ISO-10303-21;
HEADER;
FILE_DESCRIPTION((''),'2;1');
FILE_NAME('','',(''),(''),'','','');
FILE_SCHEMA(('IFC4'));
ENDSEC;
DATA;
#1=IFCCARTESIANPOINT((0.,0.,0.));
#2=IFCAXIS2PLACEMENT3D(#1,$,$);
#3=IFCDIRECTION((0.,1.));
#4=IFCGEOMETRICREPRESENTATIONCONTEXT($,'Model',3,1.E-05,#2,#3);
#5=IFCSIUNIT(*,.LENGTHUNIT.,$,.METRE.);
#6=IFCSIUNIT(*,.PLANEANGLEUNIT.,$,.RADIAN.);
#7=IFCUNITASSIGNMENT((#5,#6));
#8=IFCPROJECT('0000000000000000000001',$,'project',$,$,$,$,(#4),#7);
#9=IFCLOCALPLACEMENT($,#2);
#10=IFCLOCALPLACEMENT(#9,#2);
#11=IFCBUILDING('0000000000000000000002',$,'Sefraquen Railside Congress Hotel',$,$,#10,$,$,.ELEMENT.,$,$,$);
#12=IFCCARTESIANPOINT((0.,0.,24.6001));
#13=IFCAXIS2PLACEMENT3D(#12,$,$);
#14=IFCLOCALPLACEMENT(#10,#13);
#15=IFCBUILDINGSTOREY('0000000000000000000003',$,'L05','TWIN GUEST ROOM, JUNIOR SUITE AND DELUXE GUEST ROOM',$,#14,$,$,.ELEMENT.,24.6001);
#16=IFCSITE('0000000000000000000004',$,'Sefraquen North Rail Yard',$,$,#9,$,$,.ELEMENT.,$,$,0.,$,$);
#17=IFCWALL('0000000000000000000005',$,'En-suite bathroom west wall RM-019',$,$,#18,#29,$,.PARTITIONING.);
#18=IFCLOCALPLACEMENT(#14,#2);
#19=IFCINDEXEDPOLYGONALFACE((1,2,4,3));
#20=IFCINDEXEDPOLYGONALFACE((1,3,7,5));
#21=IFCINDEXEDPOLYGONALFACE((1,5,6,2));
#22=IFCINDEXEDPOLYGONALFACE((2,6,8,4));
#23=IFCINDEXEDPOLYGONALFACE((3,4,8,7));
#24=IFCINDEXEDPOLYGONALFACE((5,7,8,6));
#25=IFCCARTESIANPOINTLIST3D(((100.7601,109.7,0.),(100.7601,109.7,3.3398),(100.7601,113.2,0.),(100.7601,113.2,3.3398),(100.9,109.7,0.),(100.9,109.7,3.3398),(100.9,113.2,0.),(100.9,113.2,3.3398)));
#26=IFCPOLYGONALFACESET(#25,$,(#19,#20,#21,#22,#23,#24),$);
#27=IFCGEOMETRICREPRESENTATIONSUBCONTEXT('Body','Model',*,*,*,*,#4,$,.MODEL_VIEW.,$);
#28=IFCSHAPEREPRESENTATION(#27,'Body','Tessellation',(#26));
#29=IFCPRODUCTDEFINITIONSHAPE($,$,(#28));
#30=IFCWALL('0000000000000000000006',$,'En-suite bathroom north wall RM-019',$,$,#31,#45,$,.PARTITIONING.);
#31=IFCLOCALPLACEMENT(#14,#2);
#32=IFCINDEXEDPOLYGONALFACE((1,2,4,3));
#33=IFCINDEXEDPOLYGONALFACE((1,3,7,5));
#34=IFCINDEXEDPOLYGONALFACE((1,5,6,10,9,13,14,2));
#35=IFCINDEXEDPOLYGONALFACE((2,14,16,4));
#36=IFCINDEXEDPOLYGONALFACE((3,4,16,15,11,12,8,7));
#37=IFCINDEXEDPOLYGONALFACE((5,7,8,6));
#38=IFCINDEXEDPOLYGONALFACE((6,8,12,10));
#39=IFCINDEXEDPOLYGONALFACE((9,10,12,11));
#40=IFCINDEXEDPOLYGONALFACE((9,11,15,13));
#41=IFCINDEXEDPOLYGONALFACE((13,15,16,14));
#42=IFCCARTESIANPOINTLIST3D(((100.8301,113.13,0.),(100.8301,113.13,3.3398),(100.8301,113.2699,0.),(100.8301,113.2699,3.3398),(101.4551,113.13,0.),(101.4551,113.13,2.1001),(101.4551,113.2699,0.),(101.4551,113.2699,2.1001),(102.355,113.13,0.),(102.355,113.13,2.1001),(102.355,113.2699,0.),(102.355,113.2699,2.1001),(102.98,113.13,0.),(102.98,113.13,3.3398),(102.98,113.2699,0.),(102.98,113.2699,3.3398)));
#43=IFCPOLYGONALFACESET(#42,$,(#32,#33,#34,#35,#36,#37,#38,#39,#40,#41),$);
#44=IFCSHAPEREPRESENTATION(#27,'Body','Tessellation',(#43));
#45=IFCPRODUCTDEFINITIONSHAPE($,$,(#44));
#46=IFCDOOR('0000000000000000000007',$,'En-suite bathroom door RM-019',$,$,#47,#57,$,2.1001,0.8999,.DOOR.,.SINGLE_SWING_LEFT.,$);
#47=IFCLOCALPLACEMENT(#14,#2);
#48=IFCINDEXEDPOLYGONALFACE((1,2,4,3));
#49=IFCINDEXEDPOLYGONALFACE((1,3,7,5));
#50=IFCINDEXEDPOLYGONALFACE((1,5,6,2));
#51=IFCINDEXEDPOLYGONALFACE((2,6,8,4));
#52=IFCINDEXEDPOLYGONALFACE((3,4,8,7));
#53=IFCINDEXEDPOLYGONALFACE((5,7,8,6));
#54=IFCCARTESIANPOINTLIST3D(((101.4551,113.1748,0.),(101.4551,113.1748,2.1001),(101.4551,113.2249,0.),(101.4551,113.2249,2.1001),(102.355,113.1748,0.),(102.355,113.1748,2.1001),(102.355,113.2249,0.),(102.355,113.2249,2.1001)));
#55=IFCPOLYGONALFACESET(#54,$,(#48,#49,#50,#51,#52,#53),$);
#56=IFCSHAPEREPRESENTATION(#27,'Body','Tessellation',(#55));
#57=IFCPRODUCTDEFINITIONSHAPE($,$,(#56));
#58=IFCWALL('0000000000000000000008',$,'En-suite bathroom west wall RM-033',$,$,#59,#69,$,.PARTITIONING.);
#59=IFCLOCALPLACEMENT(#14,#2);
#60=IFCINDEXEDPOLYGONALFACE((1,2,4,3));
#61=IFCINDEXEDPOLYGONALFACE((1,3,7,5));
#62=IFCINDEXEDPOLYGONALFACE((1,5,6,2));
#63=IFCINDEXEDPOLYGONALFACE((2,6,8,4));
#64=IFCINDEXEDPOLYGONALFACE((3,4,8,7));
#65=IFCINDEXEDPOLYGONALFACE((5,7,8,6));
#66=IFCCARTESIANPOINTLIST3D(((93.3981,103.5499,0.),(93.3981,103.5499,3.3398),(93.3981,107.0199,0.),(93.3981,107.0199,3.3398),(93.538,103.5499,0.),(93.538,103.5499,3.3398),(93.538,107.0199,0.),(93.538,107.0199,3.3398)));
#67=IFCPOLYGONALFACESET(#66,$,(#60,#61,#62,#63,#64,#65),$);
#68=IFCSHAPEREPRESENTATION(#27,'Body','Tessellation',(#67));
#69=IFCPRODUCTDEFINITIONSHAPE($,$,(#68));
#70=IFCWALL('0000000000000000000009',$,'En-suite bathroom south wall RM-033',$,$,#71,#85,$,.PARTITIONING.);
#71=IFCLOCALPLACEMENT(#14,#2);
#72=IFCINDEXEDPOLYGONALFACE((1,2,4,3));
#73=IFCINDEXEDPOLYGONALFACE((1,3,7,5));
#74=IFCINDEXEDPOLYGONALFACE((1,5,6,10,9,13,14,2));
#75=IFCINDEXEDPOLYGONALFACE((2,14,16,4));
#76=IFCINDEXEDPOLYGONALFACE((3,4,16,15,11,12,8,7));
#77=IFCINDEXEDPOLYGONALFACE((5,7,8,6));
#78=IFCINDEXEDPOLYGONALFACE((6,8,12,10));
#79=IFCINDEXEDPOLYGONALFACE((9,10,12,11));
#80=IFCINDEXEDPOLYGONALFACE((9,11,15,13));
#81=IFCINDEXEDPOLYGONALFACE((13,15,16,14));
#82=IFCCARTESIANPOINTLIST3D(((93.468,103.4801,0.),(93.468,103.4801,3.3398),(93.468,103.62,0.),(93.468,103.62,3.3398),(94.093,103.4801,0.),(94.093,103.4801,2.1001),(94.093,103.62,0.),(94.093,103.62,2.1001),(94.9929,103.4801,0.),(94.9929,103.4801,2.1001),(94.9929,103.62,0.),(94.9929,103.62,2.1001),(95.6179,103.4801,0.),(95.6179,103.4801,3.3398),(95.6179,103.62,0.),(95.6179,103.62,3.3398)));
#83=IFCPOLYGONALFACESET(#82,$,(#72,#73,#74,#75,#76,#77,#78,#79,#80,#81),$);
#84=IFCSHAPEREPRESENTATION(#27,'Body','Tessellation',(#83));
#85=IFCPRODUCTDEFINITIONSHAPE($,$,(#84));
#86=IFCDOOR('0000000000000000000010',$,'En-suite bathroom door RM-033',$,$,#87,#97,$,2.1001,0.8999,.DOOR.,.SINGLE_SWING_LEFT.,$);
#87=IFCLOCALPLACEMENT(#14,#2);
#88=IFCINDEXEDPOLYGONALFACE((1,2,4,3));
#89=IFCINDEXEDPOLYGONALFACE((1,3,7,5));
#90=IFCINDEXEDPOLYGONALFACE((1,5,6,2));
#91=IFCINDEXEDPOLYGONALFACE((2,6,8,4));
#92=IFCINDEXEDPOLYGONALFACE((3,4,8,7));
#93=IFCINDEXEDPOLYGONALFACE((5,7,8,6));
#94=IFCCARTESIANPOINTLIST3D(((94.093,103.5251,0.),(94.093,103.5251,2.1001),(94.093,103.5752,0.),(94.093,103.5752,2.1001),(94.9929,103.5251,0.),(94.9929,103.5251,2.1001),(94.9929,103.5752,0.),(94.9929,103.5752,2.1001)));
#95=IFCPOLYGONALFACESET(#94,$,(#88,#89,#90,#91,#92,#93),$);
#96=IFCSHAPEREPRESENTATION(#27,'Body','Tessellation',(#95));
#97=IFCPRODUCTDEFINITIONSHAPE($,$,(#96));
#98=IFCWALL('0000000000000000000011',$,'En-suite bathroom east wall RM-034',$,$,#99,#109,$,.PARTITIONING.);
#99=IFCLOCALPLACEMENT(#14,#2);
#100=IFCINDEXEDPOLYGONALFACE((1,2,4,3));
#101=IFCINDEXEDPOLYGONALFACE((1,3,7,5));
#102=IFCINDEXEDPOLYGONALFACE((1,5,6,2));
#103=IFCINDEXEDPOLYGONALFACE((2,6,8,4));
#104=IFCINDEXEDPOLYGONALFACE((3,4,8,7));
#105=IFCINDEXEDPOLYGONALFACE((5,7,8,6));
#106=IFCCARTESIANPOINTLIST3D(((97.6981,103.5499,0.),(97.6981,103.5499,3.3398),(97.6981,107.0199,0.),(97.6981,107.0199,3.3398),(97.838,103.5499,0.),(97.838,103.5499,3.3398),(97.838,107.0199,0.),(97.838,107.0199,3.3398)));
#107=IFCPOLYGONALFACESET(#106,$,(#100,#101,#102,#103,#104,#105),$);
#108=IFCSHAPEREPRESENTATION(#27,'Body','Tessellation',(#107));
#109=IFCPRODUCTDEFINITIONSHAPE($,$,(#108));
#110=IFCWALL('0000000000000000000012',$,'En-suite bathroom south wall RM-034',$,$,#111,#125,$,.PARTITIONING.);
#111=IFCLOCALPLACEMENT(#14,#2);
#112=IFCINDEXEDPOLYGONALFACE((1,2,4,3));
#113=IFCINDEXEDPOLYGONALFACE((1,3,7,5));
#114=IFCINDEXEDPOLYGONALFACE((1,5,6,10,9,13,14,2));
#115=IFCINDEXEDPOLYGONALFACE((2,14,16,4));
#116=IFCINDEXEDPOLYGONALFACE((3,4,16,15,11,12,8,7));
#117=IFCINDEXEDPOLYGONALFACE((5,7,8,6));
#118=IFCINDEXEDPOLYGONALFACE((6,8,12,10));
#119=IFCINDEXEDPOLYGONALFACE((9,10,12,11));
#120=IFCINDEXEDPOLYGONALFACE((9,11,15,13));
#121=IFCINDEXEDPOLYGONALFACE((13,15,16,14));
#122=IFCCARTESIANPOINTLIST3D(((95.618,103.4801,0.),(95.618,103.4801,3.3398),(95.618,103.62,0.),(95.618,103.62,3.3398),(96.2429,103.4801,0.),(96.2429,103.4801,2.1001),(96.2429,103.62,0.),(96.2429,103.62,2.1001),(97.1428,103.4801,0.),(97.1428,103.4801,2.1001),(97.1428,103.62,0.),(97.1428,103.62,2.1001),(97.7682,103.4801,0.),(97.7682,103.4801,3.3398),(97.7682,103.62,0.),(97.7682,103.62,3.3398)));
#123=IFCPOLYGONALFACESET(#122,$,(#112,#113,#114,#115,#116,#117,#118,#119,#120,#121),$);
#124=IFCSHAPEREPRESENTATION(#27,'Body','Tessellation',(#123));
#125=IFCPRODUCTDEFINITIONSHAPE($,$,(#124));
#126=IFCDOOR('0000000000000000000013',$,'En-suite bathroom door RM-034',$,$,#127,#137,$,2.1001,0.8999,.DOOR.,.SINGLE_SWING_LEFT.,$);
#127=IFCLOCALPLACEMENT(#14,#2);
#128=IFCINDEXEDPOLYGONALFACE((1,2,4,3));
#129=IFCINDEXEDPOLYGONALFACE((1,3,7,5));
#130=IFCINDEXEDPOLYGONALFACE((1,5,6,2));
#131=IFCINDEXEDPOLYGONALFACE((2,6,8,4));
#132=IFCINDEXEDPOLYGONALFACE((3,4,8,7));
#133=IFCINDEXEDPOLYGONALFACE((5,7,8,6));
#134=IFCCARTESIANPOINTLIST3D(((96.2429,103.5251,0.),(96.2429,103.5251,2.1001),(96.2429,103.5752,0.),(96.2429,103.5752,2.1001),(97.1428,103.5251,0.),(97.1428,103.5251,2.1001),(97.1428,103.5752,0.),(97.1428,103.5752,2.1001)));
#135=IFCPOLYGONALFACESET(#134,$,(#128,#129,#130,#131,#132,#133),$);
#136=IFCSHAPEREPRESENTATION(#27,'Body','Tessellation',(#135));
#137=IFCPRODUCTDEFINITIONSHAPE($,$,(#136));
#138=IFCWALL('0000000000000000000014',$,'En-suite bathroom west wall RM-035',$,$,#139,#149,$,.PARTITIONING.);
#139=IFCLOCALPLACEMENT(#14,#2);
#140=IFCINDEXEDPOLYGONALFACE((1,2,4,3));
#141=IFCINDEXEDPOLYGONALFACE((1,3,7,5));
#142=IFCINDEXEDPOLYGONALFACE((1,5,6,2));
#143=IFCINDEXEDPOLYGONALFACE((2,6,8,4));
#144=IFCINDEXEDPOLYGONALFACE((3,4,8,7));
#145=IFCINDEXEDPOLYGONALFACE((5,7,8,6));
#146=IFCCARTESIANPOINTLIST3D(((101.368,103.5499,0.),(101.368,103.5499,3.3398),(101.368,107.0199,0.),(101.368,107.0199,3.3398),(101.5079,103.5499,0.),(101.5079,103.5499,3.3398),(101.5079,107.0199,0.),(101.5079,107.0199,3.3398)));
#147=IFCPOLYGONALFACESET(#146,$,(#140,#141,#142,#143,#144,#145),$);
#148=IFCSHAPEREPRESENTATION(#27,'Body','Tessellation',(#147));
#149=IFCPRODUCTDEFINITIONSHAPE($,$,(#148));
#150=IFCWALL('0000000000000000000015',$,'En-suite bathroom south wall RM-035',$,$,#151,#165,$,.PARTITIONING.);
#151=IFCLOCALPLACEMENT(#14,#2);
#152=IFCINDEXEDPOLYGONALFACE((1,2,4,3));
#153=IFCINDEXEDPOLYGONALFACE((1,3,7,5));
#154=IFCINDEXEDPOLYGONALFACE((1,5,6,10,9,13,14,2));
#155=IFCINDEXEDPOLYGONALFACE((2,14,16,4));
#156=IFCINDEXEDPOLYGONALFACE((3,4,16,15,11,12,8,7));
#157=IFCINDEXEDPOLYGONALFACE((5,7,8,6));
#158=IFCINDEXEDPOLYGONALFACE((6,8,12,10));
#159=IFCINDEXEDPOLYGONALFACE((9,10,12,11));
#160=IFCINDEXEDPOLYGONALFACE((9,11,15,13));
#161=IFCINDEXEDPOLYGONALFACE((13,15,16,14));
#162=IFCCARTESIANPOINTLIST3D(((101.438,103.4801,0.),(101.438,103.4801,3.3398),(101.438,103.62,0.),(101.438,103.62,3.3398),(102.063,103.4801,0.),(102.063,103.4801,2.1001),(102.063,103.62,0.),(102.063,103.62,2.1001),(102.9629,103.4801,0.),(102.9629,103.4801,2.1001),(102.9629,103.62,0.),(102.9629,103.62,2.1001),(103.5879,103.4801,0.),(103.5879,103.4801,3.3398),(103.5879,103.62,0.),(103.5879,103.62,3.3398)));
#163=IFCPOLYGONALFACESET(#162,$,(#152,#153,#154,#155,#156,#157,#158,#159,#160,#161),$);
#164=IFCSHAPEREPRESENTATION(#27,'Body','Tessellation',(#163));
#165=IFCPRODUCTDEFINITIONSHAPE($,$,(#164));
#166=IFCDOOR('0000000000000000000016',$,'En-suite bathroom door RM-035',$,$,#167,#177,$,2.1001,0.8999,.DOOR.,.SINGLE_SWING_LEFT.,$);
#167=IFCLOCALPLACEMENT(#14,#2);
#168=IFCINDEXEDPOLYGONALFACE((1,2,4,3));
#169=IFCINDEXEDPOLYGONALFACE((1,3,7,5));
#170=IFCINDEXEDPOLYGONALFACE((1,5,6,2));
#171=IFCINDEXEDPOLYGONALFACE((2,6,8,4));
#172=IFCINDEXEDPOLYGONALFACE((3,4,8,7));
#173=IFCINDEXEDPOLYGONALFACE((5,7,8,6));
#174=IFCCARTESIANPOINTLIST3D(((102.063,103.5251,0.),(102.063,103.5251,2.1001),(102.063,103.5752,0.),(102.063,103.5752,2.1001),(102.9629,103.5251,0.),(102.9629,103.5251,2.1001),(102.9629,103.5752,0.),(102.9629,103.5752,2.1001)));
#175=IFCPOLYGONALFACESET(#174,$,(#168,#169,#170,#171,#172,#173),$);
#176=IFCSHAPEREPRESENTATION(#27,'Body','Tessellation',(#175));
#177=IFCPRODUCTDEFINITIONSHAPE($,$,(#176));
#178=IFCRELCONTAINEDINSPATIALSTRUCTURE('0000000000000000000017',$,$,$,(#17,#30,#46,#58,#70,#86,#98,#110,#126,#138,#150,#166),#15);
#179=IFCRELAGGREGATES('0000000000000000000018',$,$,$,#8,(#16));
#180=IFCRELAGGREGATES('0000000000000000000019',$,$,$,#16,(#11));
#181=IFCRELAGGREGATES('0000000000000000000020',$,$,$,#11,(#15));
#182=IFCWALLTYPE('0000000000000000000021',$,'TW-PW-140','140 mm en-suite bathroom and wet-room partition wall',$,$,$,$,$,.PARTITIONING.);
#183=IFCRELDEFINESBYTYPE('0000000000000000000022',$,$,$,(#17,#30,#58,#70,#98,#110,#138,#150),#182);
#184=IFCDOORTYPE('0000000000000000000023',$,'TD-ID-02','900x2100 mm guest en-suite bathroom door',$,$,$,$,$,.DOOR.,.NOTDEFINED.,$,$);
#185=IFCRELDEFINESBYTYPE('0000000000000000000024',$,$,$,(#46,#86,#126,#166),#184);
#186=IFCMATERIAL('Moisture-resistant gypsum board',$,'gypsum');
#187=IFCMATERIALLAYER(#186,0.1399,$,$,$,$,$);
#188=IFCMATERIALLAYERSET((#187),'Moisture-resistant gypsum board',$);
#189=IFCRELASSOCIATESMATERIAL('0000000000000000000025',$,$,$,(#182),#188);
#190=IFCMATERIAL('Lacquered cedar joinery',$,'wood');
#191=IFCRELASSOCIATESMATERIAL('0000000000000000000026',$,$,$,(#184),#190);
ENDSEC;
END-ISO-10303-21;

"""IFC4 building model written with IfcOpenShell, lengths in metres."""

from ifc_helpers import new_model, si_unit, direction, frame, frame_2d, origin, place, context, subcontext, project, spatial, rectangle, extrude, material, layer, layer_set, type_object, element, fill, save


model = new_model("IFC4")

# Units and contexts
model_context = context("Model", 3, precision=1e-05, world=origin(), true_north=direction((0.0, 1.0)))
body_context = subcontext(model_context, "Body", "Model", "MODEL_VIEW")
ifc_project = project(units=[si_unit("LENGTHUNIT", "METRE"), si_unit("PLANEANGLEUNIT", "RADIAN")], contexts=[model_context])

# Site, building, storey
site_placement = place(None, origin())
site = spatial("IfcSite", under=ifc_project, at=site_placement, Name="Sefraquen North Rail Yard", CompositionType="ELEMENT", RefElevation=0.0)
building_placement = place(site_placement, origin())
building = spatial("IfcBuilding", under=site, at=building_placement, Name="Sefraquen Railside Congress Hotel", CompositionType="ELEMENT")
storey_placement = place(building_placement, frame((0.0, 0.0, 24.6001)))
storey = spatial("IfcBuildingStorey", under=building, at=storey_placement, Name="L05", Description="TWIN GUEST ROOM, JUNIOR SUITE AND DELUXE GUEST ROOM", CompositionType="ELEMENT", Elevation=24.6001)

# Shared definitions
ifc_material_1 = material(Name="Moisture-resistant gypsum board", Category="gypsum")
ifc_layer_1 = layer(ifc_material_1, 0.1399)
ifc_layer_set_1 = layer_set([ifc_layer_1], Name="Moisture-resistant gypsum board")
wall_type_1 = type_object("IfcWallType", Name="TW-PW-140", Description="140 mm en-suite bathroom and wet-room partition wall", PredefinedType="PARTITIONING", material=ifc_layer_set_1)

# Shared definitions
ifc_material_2 = material(Name="Lacquered cedar joinery", Category="wood")
door_type = type_object("IfcDoorType", Name="TD-ID-02", Description="900x2100 mm guest en-suite bathroom door", OperationType="NOTDEFINED", PredefinedType="DOOR", material=ifc_material_2)

# Wall
wall_1_placement = place(storey_placement, frame((100.8301, 109.7, 0.0), z_axis=(0.0, 0.0, 1.0), x_axis=(0.0, 1.0, 0.0)))
element("IfcWall", 1, at=wall_1_placement, inside=storey, type_object=wall_type_1, Name="En-suite bathroom west wall RM-019", PredefinedType="PARTITIONING", context=body_context, shape_type="SweptSolid", body=[
    extrude(rectangle(XDim=3.5, YDim=0.1399, at=frame_2d((1.75, 0.0))), origin(), (0.0, 0.0, 1.0), 3.3398),
])

# Wall, opening, door
wall_2_placement = place(storey_placement, frame((100.8301, 113.2, 0.0), z_axis=(0.0, 0.0, 1.0), x_axis=(1.0, 0.0, 0.0)))
wall_2 = element("IfcWall", 2, at=wall_2_placement, inside=storey, type_object=wall_type_1, Name="En-suite bathroom north wall RM-019", PredefinedType="PARTITIONING", context=body_context, shape_type="SweptSolid", body=[
    extrude(rectangle(XDim=2.1499, YDim=0.1399, at=frame_2d((1.075, 0.0))), origin(), (0.0, 0.0, 1.0), 3.3398),
])
opening_1_placement = place(wall_2_placement, frame((0.625, 0.0, 0.0)))
opening_1 = element("IfcOpeningElement", 3, at=opening_1_placement, cuts=wall_2, PredefinedType="OPENING", context=body_context, shape_type="SweptSolid", body=[
    extrude(rectangle(XDim=0.8999, YDim=2.1001, at=frame_2d((0.45, 1.05))), frame((0.0, 0.0798, 0.0), z_axis=(0.0, -1.0, 0.0), x_axis=(1.0, 0.0, 0.0)), (0.0, 0.0, 1.0), 0.1599),
])
door_1_placement = place(opening_1_placement, origin())
door_1 = element("IfcDoor", 4, at=door_1_placement, inside=storey, type_object=door_type, Name="En-suite bathroom door RM-019", OperationType="SINGLE_SWING_LEFT", OverallHeight=2.1001, OverallWidth=0.8999, PredefinedType="DOOR", context=body_context, shape_type="SweptSolid", body=[
    extrude(rectangle(XDim=0.8999, YDim=2.1001, at=frame_2d((0.45, 1.05))), frame((0.0, 0.0249, 0.0), z_axis=(0.0, -1.0, 0.0), x_axis=(1.0, 0.0, 0.0)), (0.0, 0.0, 1.0), 0.05),
])
fill(opening_1, door_1)

# Wall
wall_3_placement = place(storey_placement, frame((93.468, 103.55, 0.0), z_axis=(0.0, 0.0, 1.0), x_axis=(0.0, 1.0, 0.0)))
element("IfcWall", 5, at=wall_3_placement, inside=storey, type_object=wall_type_1, Name="En-suite bathroom west wall RM-033", PredefinedType="PARTITIONING", context=body_context, shape_type="SweptSolid", body=[
    extrude(rectangle(XDim=3.47, YDim=0.1399, at=frame_2d((1.7349, 0.0))), origin(), (0.0, 0.0, 1.0), 3.3398),
])

# Wall, opening, door
wall_4_placement = place(storey_placement, frame((93.468, 103.55, 0.0), z_axis=(0.0, 0.0, 1.0), x_axis=(1.0, 0.0, 0.0)))
wall_4 = element("IfcWall", 6, at=wall_4_placement, inside=storey, type_object=wall_type_1, Name="En-suite bathroom south wall RM-033", PredefinedType="PARTITIONING", context=body_context, shape_type="SweptSolid", body=[
    extrude(rectangle(XDim=2.1499, YDim=0.1399, at=frame_2d((1.075, 0.0))), origin(), (0.0, 0.0, 1.0), 3.3398),
])
opening_2_placement = place(wall_4_placement, frame((0.625, 0.0, 0.0)))
opening_2 = element("IfcOpeningElement", 7, at=opening_2_placement, cuts=wall_4, PredefinedType="OPENING", context=body_context, shape_type="SweptSolid", body=[
    extrude(rectangle(XDim=0.8999, YDim=2.1001, at=frame_2d((0.45, 1.05))), frame((0.0, 0.0798, 0.0), z_axis=(0.0, -1.0, 0.0), x_axis=(1.0, 0.0, 0.0)), (0.0, 0.0, 1.0), 0.1599),
])
door_2_placement = place(opening_2_placement, frame((0.8999, 0.0, 0.0), z_axis=(0.0, 0.0, 1.0), x_axis=(-1.0, 0.0, 0.0)))
door_2 = element("IfcDoor", 8, at=door_2_placement, inside=storey, type_object=door_type, Name="En-suite bathroom door RM-033", OperationType="SINGLE_SWING_LEFT", OverallHeight=2.1001, OverallWidth=0.8999, PredefinedType="DOOR", context=body_context, shape_type="SweptSolid", body=[
    extrude(rectangle(XDim=0.8999, YDim=2.1001, at=frame_2d((0.45, 1.05))), frame((0.0, 0.0249, 0.0), z_axis=(0.0, -1.0, 0.0), x_axis=(1.0, 0.0, 0.0)), (0.0, 0.0, 1.0), 0.05),
])
fill(opening_2, door_2)

# Wall
wall_5_placement = place(storey_placement, frame((97.7681, 103.55, 0.0), z_axis=(0.0, 0.0, 1.0), x_axis=(0.0, 1.0, 0.0)))
element("IfcWall", 9, at=wall_5_placement, inside=storey, type_object=wall_type_1, Name="En-suite bathroom east wall RM-034", PredefinedType="PARTITIONING", context=body_context, shape_type="SweptSolid", body=[
    extrude(rectangle(XDim=3.47, YDim=0.1399, at=frame_2d((1.7349, 0.0))), origin(), (0.0, 0.0, 1.0), 3.3398),
])

# Wall, opening, door
wall_6_placement = place(storey_placement, frame((95.6179, 103.55, 0.0), z_axis=(0.0, 0.0, 1.0), x_axis=(1.0, 0.0, 0.0)))
wall_6 = element("IfcWall", 10, at=wall_6_placement, inside=storey, type_object=wall_type_1, Name="En-suite bathroom south wall RM-034", PredefinedType="PARTITIONING", context=body_context, shape_type="SweptSolid", body=[
    extrude(rectangle(XDim=2.1501, YDim=0.1399, at=frame_2d((1.0752, 0.0))), origin(), (0.0, 0.0, 1.0), 3.3398),
])
opening_3_placement = place(wall_6_placement, frame((0.625, 0.0, 0.0)))
opening_3 = element("IfcOpeningElement", 11, at=opening_3_placement, cuts=wall_6, PredefinedType="OPENING", context=body_context, shape_type="SweptSolid", body=[
    extrude(rectangle(XDim=0.8999, YDim=2.1001, at=frame_2d((0.45, 1.05))), frame((0.0, 0.0798, 0.0), z_axis=(0.0, -1.0, 0.0), x_axis=(1.0, 0.0, 0.0)), (0.0, 0.0, 1.0), 0.1599),
])
door_3_placement = place(opening_3_placement, frame((0.8999, 0.0, 0.0), z_axis=(0.0, 0.0, 1.0), x_axis=(-1.0, 0.0, 0.0)))
door_3 = element("IfcDoor", 12, at=door_3_placement, inside=storey, type_object=door_type, Name="En-suite bathroom door RM-034", OperationType="SINGLE_SWING_LEFT", OverallHeight=2.1001, OverallWidth=0.8999, PredefinedType="DOOR", context=body_context, shape_type="SweptSolid", body=[
    extrude(rectangle(XDim=0.8999, YDim=2.1001, at=frame_2d((0.45, 1.05))), frame((0.0, 0.0249, 0.0), z_axis=(0.0, -1.0, 0.0), x_axis=(1.0, 0.0, 0.0)), (0.0, 0.0, 1.0), 0.05),
])
fill(opening_3, door_3)

# Wall
wall_7_placement = place(storey_placement, frame((101.438, 103.55, 0.0), z_axis=(0.0, 0.0, 1.0), x_axis=(0.0, 1.0, 0.0)))
element("IfcWall", 13, at=wall_7_placement, inside=storey, type_object=wall_type_1, Name="En-suite bathroom west wall RM-035", PredefinedType="PARTITIONING", context=body_context, shape_type="SweptSolid", body=[
    extrude(rectangle(XDim=3.47, YDim=0.1399, at=frame_2d((1.7349, 0.0))), origin(), (0.0, 0.0, 1.0), 3.3398),
])

# Wall, opening, door
wall_8_placement = place(storey_placement, frame((101.438, 103.55, 0.0), z_axis=(0.0, 0.0, 1.0), x_axis=(1.0, 0.0, 0.0)))
wall_8 = element("IfcWall", 14, at=wall_8_placement, inside=storey, type_object=wall_type_1, Name="En-suite bathroom south wall RM-035", PredefinedType="PARTITIONING", context=body_context, shape_type="SweptSolid", body=[
    extrude(rectangle(XDim=2.1499, YDim=0.1399, at=frame_2d((1.075, 0.0))), origin(), (0.0, 0.0, 1.0), 3.3398),
])
opening_4_placement = place(wall_8_placement, frame((0.625, 0.0, 0.0)))
opening_4 = element("IfcOpeningElement", 15, at=opening_4_placement, cuts=wall_8, PredefinedType="OPENING", context=body_context, shape_type="SweptSolid", body=[
    extrude(rectangle(XDim=0.8999, YDim=2.1001, at=frame_2d((0.45, 1.05))), frame((0.0, 0.0798, 0.0), z_axis=(0.0, -1.0, 0.0), x_axis=(1.0, 0.0, 0.0)), (0.0, 0.0, 1.0), 0.1599),
])
door_4_placement = place(opening_4_placement, frame((0.8999, 0.0, 0.0), z_axis=(0.0, 0.0, 1.0), x_axis=(-1.0, 0.0, 0.0)))
door_4 = element("IfcDoor", 16, at=door_4_placement, inside=storey, type_object=door_type, Name="En-suite bathroom door RM-035", OperationType="SINGLE_SWING_LEFT", OverallHeight=2.1001, OverallWidth=0.8999, PredefinedType="DOOR", context=body_context, shape_type="SweptSolid", body=[
    extrude(rectangle(XDim=0.8999, YDim=2.1001, at=frame_2d((0.45, 1.05))), frame((0.0, 0.0249, 0.0), z_axis=(0.0, -1.0, 0.0), x_axis=(1.0, 0.0, 0.0)), (0.0, 0.0, 1.0), 0.05),
])
fill(opening_4, door_4)

save(model, "model.ifc")
